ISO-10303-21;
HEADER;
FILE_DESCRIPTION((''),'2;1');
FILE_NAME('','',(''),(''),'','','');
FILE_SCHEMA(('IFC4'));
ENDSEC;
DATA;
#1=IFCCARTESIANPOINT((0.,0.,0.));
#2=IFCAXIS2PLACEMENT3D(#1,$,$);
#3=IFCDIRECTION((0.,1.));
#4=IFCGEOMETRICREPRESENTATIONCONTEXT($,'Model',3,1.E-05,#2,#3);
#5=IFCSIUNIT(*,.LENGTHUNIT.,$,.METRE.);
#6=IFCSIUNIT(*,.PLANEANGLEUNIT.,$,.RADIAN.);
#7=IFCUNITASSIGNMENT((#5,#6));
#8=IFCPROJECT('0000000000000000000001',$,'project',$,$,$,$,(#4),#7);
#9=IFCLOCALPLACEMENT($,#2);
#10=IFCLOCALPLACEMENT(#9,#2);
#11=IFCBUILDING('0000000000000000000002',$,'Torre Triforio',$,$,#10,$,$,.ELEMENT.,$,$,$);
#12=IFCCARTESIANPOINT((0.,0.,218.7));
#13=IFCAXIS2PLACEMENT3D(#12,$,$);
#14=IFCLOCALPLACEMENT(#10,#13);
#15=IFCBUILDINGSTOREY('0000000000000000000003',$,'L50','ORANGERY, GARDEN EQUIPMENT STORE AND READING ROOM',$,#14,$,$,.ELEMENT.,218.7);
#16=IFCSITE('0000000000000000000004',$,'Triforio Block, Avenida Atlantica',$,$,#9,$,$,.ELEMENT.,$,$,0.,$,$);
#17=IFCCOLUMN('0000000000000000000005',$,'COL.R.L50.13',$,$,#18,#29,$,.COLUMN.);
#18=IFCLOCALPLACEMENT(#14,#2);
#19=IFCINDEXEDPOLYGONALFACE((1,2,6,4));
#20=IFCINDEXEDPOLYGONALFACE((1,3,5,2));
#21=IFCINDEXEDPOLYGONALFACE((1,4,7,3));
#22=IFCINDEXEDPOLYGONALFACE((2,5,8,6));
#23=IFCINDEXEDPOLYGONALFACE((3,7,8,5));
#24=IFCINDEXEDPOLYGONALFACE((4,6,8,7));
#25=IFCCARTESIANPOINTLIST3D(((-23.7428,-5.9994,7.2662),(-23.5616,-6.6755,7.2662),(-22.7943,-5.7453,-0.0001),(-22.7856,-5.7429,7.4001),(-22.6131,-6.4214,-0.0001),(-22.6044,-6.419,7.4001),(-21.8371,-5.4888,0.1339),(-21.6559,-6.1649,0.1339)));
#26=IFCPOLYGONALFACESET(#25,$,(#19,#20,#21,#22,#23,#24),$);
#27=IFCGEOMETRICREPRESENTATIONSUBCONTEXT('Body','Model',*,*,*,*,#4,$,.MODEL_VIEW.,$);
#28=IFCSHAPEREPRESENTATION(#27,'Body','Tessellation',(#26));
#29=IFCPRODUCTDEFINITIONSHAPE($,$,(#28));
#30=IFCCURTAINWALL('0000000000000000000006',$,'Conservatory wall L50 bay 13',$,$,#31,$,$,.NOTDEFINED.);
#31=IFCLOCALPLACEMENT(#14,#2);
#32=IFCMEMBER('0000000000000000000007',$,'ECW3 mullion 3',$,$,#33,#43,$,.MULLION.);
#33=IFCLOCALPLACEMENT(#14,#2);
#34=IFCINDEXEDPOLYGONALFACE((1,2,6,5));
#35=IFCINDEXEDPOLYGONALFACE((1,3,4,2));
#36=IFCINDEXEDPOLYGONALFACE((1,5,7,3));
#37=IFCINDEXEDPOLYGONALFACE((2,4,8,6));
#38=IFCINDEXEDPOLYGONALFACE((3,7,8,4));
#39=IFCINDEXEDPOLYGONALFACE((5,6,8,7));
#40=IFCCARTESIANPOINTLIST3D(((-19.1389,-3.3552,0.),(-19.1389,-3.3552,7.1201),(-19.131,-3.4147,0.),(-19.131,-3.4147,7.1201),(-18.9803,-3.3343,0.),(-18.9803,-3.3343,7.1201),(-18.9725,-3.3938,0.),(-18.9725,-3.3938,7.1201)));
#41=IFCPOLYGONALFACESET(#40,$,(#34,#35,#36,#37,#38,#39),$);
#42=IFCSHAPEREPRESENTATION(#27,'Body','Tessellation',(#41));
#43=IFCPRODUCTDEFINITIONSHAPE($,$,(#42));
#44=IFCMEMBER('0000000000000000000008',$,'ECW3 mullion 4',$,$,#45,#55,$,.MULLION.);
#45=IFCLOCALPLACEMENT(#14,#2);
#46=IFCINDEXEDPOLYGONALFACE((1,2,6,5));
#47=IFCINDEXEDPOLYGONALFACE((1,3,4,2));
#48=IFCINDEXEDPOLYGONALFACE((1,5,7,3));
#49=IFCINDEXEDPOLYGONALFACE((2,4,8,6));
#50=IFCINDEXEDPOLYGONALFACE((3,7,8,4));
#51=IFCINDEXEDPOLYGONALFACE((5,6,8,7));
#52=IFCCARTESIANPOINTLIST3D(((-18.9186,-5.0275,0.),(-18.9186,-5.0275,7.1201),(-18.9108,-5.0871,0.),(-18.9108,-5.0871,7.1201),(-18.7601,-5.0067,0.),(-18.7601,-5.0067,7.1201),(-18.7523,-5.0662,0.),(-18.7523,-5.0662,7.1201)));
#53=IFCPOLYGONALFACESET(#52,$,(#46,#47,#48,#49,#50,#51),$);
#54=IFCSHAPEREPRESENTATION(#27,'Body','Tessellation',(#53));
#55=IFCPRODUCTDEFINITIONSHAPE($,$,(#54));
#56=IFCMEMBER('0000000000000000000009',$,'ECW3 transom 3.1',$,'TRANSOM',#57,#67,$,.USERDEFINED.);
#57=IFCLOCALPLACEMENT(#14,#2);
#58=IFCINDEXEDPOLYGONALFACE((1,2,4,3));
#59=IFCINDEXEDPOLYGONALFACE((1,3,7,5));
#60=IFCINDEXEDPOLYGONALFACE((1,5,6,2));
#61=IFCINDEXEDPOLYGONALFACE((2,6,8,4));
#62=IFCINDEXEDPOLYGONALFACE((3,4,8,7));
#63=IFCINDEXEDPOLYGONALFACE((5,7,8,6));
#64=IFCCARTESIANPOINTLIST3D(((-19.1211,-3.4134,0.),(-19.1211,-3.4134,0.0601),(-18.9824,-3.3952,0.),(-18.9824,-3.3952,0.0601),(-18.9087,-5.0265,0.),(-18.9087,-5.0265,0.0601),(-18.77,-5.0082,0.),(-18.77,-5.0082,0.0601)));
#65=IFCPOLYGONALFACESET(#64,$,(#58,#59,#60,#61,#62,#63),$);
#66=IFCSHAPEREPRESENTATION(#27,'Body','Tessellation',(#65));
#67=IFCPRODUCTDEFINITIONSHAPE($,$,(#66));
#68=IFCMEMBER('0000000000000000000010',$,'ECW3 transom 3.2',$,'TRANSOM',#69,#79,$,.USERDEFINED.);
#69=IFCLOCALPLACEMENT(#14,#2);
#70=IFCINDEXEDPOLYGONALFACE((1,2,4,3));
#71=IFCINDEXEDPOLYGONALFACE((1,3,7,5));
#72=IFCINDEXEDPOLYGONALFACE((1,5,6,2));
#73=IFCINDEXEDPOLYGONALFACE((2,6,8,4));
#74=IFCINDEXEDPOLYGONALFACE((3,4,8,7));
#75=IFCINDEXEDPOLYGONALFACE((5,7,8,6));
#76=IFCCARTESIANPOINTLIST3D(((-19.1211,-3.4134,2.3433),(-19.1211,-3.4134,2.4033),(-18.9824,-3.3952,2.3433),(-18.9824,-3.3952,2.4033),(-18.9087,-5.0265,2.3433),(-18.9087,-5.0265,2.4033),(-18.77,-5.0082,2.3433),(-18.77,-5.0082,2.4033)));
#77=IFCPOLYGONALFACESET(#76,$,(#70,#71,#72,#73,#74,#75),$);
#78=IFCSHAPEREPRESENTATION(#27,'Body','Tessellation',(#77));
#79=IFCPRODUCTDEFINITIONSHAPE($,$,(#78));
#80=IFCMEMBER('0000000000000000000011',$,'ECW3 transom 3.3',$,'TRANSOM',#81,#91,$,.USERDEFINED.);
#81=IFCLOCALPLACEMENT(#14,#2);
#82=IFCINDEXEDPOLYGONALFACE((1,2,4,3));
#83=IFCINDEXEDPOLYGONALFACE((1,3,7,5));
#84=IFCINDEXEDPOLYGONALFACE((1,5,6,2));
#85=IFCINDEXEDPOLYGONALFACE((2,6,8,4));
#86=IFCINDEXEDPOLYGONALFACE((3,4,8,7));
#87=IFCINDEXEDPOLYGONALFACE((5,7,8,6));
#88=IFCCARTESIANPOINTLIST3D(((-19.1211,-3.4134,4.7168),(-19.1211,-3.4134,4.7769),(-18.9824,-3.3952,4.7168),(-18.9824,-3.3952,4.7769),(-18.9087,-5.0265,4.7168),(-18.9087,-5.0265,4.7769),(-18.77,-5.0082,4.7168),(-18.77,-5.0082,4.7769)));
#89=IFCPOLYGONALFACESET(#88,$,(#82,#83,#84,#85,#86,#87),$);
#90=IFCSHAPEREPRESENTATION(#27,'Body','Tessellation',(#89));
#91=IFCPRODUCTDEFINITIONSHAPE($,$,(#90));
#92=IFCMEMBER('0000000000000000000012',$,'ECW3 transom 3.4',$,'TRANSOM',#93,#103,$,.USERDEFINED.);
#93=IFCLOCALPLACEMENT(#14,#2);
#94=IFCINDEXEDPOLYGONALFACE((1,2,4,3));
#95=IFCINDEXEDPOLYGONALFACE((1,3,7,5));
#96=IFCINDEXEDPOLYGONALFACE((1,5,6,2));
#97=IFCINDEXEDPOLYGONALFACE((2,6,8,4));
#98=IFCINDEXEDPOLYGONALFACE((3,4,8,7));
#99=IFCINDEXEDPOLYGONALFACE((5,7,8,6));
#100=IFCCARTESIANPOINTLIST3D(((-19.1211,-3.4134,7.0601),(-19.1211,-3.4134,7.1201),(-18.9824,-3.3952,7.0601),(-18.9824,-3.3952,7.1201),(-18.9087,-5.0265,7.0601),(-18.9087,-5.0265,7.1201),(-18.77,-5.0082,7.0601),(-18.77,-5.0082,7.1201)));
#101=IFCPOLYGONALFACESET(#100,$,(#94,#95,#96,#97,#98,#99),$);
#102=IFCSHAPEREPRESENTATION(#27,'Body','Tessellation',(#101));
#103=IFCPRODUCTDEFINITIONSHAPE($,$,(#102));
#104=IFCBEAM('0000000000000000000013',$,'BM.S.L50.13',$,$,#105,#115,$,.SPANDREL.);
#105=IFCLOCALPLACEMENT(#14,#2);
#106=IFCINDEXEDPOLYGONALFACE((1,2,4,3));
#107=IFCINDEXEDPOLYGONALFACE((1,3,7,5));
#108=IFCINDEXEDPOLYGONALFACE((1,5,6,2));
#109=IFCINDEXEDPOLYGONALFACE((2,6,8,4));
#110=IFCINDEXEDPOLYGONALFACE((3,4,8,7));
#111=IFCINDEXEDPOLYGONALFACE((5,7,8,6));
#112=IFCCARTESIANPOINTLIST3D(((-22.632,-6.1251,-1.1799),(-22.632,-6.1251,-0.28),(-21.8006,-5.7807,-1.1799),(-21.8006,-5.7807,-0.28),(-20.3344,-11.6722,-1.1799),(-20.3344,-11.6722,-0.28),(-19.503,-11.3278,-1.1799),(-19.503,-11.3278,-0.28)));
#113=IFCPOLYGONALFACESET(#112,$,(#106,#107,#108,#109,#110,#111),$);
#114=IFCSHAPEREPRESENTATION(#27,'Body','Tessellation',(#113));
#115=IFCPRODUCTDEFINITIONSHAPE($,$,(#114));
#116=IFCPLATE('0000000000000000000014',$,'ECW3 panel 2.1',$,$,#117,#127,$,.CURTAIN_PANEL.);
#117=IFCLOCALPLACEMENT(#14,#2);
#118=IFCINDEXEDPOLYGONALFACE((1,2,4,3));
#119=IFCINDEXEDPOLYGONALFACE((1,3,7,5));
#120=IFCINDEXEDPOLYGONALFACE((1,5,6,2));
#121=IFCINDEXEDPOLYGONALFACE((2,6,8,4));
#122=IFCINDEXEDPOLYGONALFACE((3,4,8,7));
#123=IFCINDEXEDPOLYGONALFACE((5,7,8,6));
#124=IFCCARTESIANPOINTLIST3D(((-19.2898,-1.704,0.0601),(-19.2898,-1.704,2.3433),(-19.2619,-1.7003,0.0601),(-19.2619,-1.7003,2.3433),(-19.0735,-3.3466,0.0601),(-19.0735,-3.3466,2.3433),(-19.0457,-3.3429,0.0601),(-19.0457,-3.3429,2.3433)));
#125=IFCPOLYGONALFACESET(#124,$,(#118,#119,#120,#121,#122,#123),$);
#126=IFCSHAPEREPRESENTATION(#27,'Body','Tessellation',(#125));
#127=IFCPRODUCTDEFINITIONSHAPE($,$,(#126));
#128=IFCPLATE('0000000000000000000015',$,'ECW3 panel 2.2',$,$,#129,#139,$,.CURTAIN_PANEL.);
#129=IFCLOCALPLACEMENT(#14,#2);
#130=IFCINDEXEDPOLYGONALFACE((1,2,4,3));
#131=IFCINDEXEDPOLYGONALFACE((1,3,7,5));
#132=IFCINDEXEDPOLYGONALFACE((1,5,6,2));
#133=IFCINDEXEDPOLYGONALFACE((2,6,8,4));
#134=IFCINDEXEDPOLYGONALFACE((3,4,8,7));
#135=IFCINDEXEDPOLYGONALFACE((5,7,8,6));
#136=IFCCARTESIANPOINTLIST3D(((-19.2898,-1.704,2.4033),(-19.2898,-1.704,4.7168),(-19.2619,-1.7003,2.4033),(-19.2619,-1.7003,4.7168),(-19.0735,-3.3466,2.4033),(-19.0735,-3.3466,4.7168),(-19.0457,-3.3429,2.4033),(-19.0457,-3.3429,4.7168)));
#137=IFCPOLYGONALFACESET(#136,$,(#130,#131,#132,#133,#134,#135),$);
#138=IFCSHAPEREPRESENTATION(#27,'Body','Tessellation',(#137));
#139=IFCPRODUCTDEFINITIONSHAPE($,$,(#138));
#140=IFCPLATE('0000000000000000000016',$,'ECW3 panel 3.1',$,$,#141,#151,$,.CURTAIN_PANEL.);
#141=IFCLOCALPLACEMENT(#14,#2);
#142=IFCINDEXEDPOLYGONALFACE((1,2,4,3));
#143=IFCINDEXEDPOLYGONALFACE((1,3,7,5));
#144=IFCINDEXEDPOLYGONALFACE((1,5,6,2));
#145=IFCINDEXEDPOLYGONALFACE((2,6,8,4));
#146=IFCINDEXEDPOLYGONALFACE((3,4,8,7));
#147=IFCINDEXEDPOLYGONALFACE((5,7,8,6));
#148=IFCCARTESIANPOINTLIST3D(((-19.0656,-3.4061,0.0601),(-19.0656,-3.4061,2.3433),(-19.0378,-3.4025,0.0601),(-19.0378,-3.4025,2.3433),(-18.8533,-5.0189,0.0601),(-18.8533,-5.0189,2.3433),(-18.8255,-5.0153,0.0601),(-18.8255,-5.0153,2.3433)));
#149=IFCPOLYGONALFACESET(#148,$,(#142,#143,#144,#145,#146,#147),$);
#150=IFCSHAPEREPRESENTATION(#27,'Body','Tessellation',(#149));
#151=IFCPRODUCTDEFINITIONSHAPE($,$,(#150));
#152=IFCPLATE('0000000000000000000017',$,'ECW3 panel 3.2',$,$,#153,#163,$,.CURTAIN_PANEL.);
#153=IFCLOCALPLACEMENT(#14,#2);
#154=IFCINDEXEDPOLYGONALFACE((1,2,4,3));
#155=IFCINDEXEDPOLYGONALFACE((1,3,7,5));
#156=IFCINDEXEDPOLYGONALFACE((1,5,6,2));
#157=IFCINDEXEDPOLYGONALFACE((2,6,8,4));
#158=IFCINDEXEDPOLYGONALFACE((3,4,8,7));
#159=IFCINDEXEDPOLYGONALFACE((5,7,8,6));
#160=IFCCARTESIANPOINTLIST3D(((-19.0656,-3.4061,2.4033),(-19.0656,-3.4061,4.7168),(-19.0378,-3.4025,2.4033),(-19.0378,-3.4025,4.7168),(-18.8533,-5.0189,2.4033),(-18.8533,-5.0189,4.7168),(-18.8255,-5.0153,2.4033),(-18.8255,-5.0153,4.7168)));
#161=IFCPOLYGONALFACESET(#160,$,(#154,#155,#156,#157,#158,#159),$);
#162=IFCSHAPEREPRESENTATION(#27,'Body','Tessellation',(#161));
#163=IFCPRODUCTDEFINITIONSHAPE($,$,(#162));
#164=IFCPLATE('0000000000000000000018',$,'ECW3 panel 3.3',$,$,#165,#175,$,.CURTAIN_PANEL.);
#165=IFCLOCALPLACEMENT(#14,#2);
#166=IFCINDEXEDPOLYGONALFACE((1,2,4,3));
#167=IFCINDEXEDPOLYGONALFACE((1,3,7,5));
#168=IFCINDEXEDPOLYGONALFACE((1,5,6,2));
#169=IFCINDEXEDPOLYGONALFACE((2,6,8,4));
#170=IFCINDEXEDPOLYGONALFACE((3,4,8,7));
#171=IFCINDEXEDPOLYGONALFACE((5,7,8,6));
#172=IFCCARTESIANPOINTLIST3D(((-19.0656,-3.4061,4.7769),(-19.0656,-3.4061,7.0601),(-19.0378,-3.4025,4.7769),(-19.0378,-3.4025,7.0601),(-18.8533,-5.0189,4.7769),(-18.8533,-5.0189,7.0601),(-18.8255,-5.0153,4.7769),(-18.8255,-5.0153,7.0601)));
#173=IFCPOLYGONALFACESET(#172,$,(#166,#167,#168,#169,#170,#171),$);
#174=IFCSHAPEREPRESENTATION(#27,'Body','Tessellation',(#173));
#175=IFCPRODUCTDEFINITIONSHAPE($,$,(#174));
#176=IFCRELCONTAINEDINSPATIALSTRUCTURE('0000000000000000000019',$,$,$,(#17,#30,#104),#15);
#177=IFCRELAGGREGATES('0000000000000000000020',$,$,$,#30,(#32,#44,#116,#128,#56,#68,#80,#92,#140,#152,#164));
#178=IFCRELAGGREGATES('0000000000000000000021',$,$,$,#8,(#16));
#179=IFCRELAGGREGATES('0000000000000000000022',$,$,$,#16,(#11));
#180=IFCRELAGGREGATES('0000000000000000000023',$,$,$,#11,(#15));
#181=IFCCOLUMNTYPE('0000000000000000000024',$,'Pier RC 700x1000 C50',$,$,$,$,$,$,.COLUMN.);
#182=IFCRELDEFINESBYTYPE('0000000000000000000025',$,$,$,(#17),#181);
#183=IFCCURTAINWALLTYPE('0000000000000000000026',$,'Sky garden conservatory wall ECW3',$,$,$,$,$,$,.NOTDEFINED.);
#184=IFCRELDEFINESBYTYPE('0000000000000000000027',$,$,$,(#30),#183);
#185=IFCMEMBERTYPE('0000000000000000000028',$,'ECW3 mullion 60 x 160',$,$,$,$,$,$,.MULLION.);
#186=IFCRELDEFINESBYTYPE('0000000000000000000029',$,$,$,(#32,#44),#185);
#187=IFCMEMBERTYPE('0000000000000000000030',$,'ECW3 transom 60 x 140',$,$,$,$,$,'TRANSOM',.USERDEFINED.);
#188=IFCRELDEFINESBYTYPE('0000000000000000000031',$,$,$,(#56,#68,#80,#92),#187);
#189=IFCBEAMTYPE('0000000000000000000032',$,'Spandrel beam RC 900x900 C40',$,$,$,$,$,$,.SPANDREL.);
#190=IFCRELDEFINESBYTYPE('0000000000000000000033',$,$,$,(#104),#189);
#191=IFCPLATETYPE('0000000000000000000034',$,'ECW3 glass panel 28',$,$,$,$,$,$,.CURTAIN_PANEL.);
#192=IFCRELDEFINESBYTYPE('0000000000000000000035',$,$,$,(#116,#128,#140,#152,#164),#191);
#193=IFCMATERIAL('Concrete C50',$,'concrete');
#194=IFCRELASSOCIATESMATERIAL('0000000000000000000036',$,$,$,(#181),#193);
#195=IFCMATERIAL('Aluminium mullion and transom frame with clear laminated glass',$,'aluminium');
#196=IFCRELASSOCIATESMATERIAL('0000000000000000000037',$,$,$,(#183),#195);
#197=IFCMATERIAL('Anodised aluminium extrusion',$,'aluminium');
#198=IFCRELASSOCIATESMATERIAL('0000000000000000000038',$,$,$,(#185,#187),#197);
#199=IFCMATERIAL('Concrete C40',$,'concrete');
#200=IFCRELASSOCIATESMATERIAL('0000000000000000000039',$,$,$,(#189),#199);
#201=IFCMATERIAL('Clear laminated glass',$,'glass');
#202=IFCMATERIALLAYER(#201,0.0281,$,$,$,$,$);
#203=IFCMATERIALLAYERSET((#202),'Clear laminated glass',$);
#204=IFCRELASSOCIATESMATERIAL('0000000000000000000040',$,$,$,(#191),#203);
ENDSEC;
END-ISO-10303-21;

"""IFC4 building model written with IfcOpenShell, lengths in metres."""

from ifc_helpers import new_model, si_unit, direction, frame, origin, origin_2d, place, context, subcontext, project, spatial, rectangle, extrude, material, layer, layer_set, material_profile, profile_set, type_object, element, aggregate, save


model = new_model("IFC4")

# Units and contexts
model_context = context("Model", 3, precision=1e-05, world=origin(), true_north=direction((0.0, 1.0)))
body_context = subcontext(model_context, "Body", "Model", "MODEL_VIEW")
ifc_project = project(units=[si_unit("LENGTHUNIT", "METRE"), si_unit("PLANEANGLEUNIT", "RADIAN")], contexts=[model_context])

# Site, building, storey
site_placement = place(None, origin())
site = spatial("IfcSite", under=ifc_project, at=site_placement, Name="Triforio Block, Avenida Atlantica", CompositionType="ELEMENT", RefElevation=0.0)
building_placement = place(site_placement, origin())
building = spatial("IfcBuilding", under=site, at=building_placement, Name="Torre Triforio", CompositionType="ELEMENT")
storey_placement = place(building_placement, frame((0.0, 0.0, 218.7)))
storey = spatial("IfcBuildingStorey", under=building, at=storey_placement, Name="L50", Description="ORANGERY, GARDEN EQUIPMENT STORE AND READING ROOM", CompositionType="ELEMENT", Elevation=218.7)

# Column
ifc_material_1 = material(Name="Concrete C50", Category="concrete")
ifc_material_profile_1 = material_profile(ifc_material_1, rectangle(XDim=0.7, YDim=1.0, at=origin_2d()), Name="RC 700x1000")
ifc_profile_set_1 = profile_set([ifc_material_profile_1], Name="Concrete C50")
column_type = type_object("IfcColumnType", Name="Pier RC 700x1000 C50", PredefinedType="COLUMN", material=ifc_profile_set_1)
column_placement = place(storey_placement, frame((-22.2251, -5.9551, 0.0669), z_axis=(-0.12936, -0.034662, 0.990992), x_axis=(0.258823, -0.965925, 0.0)))
element("IfcColumn", 1, at=column_placement, inside=storey, type_object=column_type, Name="COL.R.L50.13", PredefinedType="COLUMN", context=body_context, shape_type="SweptSolid", body=[
    extrude(rectangle(XDim=0.7, YDim=1.0, at=origin_2d()), origin(), (0.0, 0.0, 1.0), 7.3323),
])

# Curtain wall, members
ifc_material_2 = material(Name="Aluminium mullion and transom frame with clear laminated glass", Category="aluminium")
curtain_wall_type = type_object("IfcCurtainWallType", Name="Sky garden conservatory wall ECW3", PredefinedType="NOTDEFINED", material=ifc_material_2)
curtain_wall_placement = place(storey_placement, origin())
curtain_wall = element("IfcCurtainWall", 2, at=curtain_wall_placement, inside=storey, type_object=curtain_wall_type, Name="Conservatory wall L50 bay 13", PredefinedType="NOTDEFINED")
ifc_material_3 = material(Name="Anodised aluminium extrusion", Category="aluminium")
ifc_material_profile_2 = material_profile(ifc_material_3, rectangle(XDim=0.1599, YDim=0.0601, at=origin_2d()), Name="ECW3 MULLION 60x160")
ifc_profile_set_2 = profile_set([ifc_material_profile_2], Name="Anodised aluminium extrusion")
member_type_1 = type_object("IfcMemberType", Name="ECW3 mullion 60 x 160", PredefinedType="MULLION", material=ifc_profile_set_2)
member_1_placement = place(storey_placement, frame((-19.0557, -3.3745, 0.0), z_axis=(0.0, 0.0, 1.0), x_axis=(0.991444, 0.130532, 0.0)))
member_1 = element("IfcMember", 3, at=member_1_placement, type_object=member_type_1, Name="ECW3 mullion 3", PredefinedType="MULLION", context=body_context, shape_type="SweptSolid", body=[
    extrude(rectangle(XDim=0.1599, YDim=0.0601, at=origin_2d()), origin(), (0.0, 0.0, 1.0), 7.1201),
])
member_2_placement = place(storey_placement, frame((-18.8354, -5.0469, 0.0), z_axis=(0.0, 0.0, 1.0), x_axis=(0.991444, 0.130532, 0.0)))
member_2 = element("IfcMember", 4, at=member_2_placement, type_object=member_type_1, Name="ECW3 mullion 4", PredefinedType="MULLION", context=body_context, shape_type="SweptSolid", body=[
    extrude(rectangle(XDim=0.1599, YDim=0.0601, at=origin_2d()), origin(), (0.0, 0.0, 1.0), 7.1201),
])
ifc_material_profile_3 = material_profile(ifc_material_3, rectangle(XDim=0.1399, YDim=0.0601, at=origin_2d()), Name="ECW3 TRANSOM 60x140")
ifc_profile_set_3 = profile_set([ifc_material_profile_3], Name="Anodised aluminium extrusion")
member_type_2 = type_object("IfcMemberType", Name="ECW3 transom 60 x 140", ElementType="TRANSOM", PredefinedType="USERDEFINED", material=ifc_profile_set_3)
member_3_placement = place(storey_placement, frame((-19.0518, -3.4043, 0.03), z_axis=(0.130552, -0.991442, 0.0), x_axis=(0.991442, 0.130552, 0.0)))
member_3 = element("IfcMember", 5, at=member_3_placement, type_object=member_type_2, Name="ECW3 transom 3.1", ObjectType="TRANSOM", PredefinedType="USERDEFINED", context=body_context, shape_type="SweptSolid", body=[
    extrude(rectangle(XDim=0.1399, YDim=0.0601, at=origin_2d()), origin(), (0.0, 0.0, 1.0), 1.627),
])
member_4_placement = place(storey_placement, frame((-19.0518, -3.4043, 2.3733), z_axis=(0.130552, -0.991442, 0.0), x_axis=(0.991442, 0.130552, 0.0)))
member_4 = element("IfcMember", 6, at=member_4_placement, type_object=member_type_2, Name="ECW3 transom 3.2", ObjectType="TRANSOM", PredefinedType="USERDEFINED", context=body_context, shape_type="SweptSolid", body=[
    extrude(rectangle(XDim=0.1399, YDim=0.0601, at=origin_2d()), origin(), (0.0, 0.0, 1.0), 1.627),
])
member_5_placement = place(storey_placement, frame((-19.0518, -3.4043, 4.7468), z_axis=(0.130552, -0.991442, 0.0), x_axis=(0.991442, 0.130552, 0.0)))
member_5 = element("IfcMember", 7, at=member_5_placement, type_object=member_type_2, Name="ECW3 transom 3.3", ObjectType="TRANSOM", PredefinedType="USERDEFINED", context=body_context, shape_type="SweptSolid", body=[
    extrude(rectangle(XDim=0.1399, YDim=0.0601, at=origin_2d()), origin(), (0.0, 0.0, 1.0), 1.627),
])
member_6_placement = place(storey_placement, frame((-19.0518, -3.4043, 7.0901), z_axis=(0.130552, -0.991442, 0.0), x_axis=(0.991442, 0.130552, 0.0)))
member_6 = element("IfcMember", 8, at=member_6_placement, type_object=member_type_2, Name="ECW3 transom 3.4", ObjectType="TRANSOM", PredefinedType="USERDEFINED", context=body_context, shape_type="SweptSolid", body=[
    extrude(rectangle(XDim=0.1399, YDim=0.0601, at=origin_2d()), origin(), (0.0, 0.0, 1.0), 1.627),
])

# Beam
ifc_material_4 = material(Name="Concrete C40", Category="concrete")
ifc_material_profile_4 = material_profile(ifc_material_4, rectangle(XDim=0.8999, YDim=0.8999, at=origin_2d()), Name="RC 900x900")
ifc_profile_set_4 = profile_set([ifc_material_profile_4], Name="Concrete C40")
beam_type = type_object("IfcBeamType", Name="Spandrel beam RC 900x900 C40", PredefinedType="SPANDREL", material=ifc_profile_set_4)
beam_placement = place(storey_placement, frame((-22.2163, -5.9529, -0.73), z_axis=(0.382671, -0.923885, 0.0), x_axis=(0.923885, 0.382671, 0.0)))
element("IfcBeam", 9, at=beam_placement, inside=storey, type_object=beam_type, Name="BM.S.L50.13", PredefinedType="SPANDREL", context=body_context, shape_type="SweptSolid", body=[
    extrude(rectangle(XDim=0.8999, YDim=0.8999, at=origin_2d()), origin(), (0.0, 0.0, 1.0), 6.0042),
])

# Plates
ifc_material_5 = material(Name="Clear laminated glass", Category="glass")
ifc_layer_1 = layer(ifc_material_5, 0.0281)
ifc_layer_set_1 = layer_set([ifc_layer_1], Name="Clear laminated glass")
plate_type = type_object("IfcPlateType", Name="ECW3 glass panel 28", PredefinedType="CURTAIN_PANEL", material=ifc_layer_set_1)
plate_1_placement = place(storey_placement, frame((-19.1677, -2.5234, 0.0601), z_axis=(0.0, 0.0, 1.0), x_axis=(0.130532, -0.991444, 0.0)))
plate_1 = element("IfcPlate", 10, at=plate_1_placement, type_object=plate_type, Name="ECW3 panel 2.1", PredefinedType="CURTAIN_PANEL", context=body_context, shape_type="SweptSolid", body=[
    extrude(rectangle(XDim=1.6567, YDim=0.0281, at=origin_2d()), origin(), (0.0, 0.0, 1.0), 2.2832),
])
plate_2_placement = place(storey_placement, frame((-19.1677, -2.5234, 2.4033), z_axis=(0.0, 0.0, 1.0), x_axis=(0.130532, -0.991444, 0.0)))
plate_2 = element("IfcPlate", 11, at=plate_2_placement, type_object=plate_type, Name="ECW3 panel 2.2", PredefinedType="CURTAIN_PANEL", context=body_context, shape_type="SweptSolid", body=[
    extrude(rectangle(XDim=1.6567, YDim=0.0281, at=origin_2d()), origin(), (0.0, 0.0, 1.0), 2.3135),
])
plate_3_placement = place(storey_placement, frame((-18.9456, -4.2107, 0.0601), z_axis=(0.0, 0.0, 1.0), x_axis=(0.130532, -0.991444, 0.0)))
plate_3 = element("IfcPlate", 12, at=plate_3_placement, type_object=plate_type, Name="ECW3 panel 3.1", PredefinedType="CURTAIN_PANEL", context=body_context, shape_type="SweptSolid", body=[
    extrude(rectangle(XDim=1.6267, YDim=0.0281, at=origin_2d()), origin(), (0.0, 0.0, 1.0), 2.2832),
])
plate_4_placement = place(storey_placement, frame((-18.9456, -4.2107, 2.4033), z_axis=(0.0, 0.0, 1.0), x_axis=(0.130532, -0.991444, 0.0)))
plate_4 = element("IfcPlate", 13, at=plate_4_placement, type_object=plate_type, Name="ECW3 panel 3.2", PredefinedType="CURTAIN_PANEL", context=body_context, shape_type="SweptSolid", body=[
    extrude(rectangle(XDim=1.6267, YDim=0.0281, at=origin_2d()), origin(), (0.0, 0.0, 1.0), 2.3135),
])
plate_5_placement = place(storey_placement, frame((-18.9456, -4.2107, 4.7769), z_axis=(0.0, 0.0, 1.0), x_axis=(0.130532, -0.991444, 0.0)))
plate_5 = element("IfcPlate", 14, at=plate_5_placement, type_object=plate_type, Name="ECW3 panel 3.3", PredefinedType="CURTAIN_PANEL", context=body_context, shape_type="SweptSolid", body=[
    extrude(rectangle(XDim=1.6267, YDim=0.0281, at=origin_2d()), origin(), (0.0, 0.0, 1.0), 2.2832),
])
aggregate(curtain_wall, [member_1, member_2, plate_1, plate_2, member_3, member_4, member_5, member_6, plate_3, plate_4, plate_5])

save(model, "model.ifc")
